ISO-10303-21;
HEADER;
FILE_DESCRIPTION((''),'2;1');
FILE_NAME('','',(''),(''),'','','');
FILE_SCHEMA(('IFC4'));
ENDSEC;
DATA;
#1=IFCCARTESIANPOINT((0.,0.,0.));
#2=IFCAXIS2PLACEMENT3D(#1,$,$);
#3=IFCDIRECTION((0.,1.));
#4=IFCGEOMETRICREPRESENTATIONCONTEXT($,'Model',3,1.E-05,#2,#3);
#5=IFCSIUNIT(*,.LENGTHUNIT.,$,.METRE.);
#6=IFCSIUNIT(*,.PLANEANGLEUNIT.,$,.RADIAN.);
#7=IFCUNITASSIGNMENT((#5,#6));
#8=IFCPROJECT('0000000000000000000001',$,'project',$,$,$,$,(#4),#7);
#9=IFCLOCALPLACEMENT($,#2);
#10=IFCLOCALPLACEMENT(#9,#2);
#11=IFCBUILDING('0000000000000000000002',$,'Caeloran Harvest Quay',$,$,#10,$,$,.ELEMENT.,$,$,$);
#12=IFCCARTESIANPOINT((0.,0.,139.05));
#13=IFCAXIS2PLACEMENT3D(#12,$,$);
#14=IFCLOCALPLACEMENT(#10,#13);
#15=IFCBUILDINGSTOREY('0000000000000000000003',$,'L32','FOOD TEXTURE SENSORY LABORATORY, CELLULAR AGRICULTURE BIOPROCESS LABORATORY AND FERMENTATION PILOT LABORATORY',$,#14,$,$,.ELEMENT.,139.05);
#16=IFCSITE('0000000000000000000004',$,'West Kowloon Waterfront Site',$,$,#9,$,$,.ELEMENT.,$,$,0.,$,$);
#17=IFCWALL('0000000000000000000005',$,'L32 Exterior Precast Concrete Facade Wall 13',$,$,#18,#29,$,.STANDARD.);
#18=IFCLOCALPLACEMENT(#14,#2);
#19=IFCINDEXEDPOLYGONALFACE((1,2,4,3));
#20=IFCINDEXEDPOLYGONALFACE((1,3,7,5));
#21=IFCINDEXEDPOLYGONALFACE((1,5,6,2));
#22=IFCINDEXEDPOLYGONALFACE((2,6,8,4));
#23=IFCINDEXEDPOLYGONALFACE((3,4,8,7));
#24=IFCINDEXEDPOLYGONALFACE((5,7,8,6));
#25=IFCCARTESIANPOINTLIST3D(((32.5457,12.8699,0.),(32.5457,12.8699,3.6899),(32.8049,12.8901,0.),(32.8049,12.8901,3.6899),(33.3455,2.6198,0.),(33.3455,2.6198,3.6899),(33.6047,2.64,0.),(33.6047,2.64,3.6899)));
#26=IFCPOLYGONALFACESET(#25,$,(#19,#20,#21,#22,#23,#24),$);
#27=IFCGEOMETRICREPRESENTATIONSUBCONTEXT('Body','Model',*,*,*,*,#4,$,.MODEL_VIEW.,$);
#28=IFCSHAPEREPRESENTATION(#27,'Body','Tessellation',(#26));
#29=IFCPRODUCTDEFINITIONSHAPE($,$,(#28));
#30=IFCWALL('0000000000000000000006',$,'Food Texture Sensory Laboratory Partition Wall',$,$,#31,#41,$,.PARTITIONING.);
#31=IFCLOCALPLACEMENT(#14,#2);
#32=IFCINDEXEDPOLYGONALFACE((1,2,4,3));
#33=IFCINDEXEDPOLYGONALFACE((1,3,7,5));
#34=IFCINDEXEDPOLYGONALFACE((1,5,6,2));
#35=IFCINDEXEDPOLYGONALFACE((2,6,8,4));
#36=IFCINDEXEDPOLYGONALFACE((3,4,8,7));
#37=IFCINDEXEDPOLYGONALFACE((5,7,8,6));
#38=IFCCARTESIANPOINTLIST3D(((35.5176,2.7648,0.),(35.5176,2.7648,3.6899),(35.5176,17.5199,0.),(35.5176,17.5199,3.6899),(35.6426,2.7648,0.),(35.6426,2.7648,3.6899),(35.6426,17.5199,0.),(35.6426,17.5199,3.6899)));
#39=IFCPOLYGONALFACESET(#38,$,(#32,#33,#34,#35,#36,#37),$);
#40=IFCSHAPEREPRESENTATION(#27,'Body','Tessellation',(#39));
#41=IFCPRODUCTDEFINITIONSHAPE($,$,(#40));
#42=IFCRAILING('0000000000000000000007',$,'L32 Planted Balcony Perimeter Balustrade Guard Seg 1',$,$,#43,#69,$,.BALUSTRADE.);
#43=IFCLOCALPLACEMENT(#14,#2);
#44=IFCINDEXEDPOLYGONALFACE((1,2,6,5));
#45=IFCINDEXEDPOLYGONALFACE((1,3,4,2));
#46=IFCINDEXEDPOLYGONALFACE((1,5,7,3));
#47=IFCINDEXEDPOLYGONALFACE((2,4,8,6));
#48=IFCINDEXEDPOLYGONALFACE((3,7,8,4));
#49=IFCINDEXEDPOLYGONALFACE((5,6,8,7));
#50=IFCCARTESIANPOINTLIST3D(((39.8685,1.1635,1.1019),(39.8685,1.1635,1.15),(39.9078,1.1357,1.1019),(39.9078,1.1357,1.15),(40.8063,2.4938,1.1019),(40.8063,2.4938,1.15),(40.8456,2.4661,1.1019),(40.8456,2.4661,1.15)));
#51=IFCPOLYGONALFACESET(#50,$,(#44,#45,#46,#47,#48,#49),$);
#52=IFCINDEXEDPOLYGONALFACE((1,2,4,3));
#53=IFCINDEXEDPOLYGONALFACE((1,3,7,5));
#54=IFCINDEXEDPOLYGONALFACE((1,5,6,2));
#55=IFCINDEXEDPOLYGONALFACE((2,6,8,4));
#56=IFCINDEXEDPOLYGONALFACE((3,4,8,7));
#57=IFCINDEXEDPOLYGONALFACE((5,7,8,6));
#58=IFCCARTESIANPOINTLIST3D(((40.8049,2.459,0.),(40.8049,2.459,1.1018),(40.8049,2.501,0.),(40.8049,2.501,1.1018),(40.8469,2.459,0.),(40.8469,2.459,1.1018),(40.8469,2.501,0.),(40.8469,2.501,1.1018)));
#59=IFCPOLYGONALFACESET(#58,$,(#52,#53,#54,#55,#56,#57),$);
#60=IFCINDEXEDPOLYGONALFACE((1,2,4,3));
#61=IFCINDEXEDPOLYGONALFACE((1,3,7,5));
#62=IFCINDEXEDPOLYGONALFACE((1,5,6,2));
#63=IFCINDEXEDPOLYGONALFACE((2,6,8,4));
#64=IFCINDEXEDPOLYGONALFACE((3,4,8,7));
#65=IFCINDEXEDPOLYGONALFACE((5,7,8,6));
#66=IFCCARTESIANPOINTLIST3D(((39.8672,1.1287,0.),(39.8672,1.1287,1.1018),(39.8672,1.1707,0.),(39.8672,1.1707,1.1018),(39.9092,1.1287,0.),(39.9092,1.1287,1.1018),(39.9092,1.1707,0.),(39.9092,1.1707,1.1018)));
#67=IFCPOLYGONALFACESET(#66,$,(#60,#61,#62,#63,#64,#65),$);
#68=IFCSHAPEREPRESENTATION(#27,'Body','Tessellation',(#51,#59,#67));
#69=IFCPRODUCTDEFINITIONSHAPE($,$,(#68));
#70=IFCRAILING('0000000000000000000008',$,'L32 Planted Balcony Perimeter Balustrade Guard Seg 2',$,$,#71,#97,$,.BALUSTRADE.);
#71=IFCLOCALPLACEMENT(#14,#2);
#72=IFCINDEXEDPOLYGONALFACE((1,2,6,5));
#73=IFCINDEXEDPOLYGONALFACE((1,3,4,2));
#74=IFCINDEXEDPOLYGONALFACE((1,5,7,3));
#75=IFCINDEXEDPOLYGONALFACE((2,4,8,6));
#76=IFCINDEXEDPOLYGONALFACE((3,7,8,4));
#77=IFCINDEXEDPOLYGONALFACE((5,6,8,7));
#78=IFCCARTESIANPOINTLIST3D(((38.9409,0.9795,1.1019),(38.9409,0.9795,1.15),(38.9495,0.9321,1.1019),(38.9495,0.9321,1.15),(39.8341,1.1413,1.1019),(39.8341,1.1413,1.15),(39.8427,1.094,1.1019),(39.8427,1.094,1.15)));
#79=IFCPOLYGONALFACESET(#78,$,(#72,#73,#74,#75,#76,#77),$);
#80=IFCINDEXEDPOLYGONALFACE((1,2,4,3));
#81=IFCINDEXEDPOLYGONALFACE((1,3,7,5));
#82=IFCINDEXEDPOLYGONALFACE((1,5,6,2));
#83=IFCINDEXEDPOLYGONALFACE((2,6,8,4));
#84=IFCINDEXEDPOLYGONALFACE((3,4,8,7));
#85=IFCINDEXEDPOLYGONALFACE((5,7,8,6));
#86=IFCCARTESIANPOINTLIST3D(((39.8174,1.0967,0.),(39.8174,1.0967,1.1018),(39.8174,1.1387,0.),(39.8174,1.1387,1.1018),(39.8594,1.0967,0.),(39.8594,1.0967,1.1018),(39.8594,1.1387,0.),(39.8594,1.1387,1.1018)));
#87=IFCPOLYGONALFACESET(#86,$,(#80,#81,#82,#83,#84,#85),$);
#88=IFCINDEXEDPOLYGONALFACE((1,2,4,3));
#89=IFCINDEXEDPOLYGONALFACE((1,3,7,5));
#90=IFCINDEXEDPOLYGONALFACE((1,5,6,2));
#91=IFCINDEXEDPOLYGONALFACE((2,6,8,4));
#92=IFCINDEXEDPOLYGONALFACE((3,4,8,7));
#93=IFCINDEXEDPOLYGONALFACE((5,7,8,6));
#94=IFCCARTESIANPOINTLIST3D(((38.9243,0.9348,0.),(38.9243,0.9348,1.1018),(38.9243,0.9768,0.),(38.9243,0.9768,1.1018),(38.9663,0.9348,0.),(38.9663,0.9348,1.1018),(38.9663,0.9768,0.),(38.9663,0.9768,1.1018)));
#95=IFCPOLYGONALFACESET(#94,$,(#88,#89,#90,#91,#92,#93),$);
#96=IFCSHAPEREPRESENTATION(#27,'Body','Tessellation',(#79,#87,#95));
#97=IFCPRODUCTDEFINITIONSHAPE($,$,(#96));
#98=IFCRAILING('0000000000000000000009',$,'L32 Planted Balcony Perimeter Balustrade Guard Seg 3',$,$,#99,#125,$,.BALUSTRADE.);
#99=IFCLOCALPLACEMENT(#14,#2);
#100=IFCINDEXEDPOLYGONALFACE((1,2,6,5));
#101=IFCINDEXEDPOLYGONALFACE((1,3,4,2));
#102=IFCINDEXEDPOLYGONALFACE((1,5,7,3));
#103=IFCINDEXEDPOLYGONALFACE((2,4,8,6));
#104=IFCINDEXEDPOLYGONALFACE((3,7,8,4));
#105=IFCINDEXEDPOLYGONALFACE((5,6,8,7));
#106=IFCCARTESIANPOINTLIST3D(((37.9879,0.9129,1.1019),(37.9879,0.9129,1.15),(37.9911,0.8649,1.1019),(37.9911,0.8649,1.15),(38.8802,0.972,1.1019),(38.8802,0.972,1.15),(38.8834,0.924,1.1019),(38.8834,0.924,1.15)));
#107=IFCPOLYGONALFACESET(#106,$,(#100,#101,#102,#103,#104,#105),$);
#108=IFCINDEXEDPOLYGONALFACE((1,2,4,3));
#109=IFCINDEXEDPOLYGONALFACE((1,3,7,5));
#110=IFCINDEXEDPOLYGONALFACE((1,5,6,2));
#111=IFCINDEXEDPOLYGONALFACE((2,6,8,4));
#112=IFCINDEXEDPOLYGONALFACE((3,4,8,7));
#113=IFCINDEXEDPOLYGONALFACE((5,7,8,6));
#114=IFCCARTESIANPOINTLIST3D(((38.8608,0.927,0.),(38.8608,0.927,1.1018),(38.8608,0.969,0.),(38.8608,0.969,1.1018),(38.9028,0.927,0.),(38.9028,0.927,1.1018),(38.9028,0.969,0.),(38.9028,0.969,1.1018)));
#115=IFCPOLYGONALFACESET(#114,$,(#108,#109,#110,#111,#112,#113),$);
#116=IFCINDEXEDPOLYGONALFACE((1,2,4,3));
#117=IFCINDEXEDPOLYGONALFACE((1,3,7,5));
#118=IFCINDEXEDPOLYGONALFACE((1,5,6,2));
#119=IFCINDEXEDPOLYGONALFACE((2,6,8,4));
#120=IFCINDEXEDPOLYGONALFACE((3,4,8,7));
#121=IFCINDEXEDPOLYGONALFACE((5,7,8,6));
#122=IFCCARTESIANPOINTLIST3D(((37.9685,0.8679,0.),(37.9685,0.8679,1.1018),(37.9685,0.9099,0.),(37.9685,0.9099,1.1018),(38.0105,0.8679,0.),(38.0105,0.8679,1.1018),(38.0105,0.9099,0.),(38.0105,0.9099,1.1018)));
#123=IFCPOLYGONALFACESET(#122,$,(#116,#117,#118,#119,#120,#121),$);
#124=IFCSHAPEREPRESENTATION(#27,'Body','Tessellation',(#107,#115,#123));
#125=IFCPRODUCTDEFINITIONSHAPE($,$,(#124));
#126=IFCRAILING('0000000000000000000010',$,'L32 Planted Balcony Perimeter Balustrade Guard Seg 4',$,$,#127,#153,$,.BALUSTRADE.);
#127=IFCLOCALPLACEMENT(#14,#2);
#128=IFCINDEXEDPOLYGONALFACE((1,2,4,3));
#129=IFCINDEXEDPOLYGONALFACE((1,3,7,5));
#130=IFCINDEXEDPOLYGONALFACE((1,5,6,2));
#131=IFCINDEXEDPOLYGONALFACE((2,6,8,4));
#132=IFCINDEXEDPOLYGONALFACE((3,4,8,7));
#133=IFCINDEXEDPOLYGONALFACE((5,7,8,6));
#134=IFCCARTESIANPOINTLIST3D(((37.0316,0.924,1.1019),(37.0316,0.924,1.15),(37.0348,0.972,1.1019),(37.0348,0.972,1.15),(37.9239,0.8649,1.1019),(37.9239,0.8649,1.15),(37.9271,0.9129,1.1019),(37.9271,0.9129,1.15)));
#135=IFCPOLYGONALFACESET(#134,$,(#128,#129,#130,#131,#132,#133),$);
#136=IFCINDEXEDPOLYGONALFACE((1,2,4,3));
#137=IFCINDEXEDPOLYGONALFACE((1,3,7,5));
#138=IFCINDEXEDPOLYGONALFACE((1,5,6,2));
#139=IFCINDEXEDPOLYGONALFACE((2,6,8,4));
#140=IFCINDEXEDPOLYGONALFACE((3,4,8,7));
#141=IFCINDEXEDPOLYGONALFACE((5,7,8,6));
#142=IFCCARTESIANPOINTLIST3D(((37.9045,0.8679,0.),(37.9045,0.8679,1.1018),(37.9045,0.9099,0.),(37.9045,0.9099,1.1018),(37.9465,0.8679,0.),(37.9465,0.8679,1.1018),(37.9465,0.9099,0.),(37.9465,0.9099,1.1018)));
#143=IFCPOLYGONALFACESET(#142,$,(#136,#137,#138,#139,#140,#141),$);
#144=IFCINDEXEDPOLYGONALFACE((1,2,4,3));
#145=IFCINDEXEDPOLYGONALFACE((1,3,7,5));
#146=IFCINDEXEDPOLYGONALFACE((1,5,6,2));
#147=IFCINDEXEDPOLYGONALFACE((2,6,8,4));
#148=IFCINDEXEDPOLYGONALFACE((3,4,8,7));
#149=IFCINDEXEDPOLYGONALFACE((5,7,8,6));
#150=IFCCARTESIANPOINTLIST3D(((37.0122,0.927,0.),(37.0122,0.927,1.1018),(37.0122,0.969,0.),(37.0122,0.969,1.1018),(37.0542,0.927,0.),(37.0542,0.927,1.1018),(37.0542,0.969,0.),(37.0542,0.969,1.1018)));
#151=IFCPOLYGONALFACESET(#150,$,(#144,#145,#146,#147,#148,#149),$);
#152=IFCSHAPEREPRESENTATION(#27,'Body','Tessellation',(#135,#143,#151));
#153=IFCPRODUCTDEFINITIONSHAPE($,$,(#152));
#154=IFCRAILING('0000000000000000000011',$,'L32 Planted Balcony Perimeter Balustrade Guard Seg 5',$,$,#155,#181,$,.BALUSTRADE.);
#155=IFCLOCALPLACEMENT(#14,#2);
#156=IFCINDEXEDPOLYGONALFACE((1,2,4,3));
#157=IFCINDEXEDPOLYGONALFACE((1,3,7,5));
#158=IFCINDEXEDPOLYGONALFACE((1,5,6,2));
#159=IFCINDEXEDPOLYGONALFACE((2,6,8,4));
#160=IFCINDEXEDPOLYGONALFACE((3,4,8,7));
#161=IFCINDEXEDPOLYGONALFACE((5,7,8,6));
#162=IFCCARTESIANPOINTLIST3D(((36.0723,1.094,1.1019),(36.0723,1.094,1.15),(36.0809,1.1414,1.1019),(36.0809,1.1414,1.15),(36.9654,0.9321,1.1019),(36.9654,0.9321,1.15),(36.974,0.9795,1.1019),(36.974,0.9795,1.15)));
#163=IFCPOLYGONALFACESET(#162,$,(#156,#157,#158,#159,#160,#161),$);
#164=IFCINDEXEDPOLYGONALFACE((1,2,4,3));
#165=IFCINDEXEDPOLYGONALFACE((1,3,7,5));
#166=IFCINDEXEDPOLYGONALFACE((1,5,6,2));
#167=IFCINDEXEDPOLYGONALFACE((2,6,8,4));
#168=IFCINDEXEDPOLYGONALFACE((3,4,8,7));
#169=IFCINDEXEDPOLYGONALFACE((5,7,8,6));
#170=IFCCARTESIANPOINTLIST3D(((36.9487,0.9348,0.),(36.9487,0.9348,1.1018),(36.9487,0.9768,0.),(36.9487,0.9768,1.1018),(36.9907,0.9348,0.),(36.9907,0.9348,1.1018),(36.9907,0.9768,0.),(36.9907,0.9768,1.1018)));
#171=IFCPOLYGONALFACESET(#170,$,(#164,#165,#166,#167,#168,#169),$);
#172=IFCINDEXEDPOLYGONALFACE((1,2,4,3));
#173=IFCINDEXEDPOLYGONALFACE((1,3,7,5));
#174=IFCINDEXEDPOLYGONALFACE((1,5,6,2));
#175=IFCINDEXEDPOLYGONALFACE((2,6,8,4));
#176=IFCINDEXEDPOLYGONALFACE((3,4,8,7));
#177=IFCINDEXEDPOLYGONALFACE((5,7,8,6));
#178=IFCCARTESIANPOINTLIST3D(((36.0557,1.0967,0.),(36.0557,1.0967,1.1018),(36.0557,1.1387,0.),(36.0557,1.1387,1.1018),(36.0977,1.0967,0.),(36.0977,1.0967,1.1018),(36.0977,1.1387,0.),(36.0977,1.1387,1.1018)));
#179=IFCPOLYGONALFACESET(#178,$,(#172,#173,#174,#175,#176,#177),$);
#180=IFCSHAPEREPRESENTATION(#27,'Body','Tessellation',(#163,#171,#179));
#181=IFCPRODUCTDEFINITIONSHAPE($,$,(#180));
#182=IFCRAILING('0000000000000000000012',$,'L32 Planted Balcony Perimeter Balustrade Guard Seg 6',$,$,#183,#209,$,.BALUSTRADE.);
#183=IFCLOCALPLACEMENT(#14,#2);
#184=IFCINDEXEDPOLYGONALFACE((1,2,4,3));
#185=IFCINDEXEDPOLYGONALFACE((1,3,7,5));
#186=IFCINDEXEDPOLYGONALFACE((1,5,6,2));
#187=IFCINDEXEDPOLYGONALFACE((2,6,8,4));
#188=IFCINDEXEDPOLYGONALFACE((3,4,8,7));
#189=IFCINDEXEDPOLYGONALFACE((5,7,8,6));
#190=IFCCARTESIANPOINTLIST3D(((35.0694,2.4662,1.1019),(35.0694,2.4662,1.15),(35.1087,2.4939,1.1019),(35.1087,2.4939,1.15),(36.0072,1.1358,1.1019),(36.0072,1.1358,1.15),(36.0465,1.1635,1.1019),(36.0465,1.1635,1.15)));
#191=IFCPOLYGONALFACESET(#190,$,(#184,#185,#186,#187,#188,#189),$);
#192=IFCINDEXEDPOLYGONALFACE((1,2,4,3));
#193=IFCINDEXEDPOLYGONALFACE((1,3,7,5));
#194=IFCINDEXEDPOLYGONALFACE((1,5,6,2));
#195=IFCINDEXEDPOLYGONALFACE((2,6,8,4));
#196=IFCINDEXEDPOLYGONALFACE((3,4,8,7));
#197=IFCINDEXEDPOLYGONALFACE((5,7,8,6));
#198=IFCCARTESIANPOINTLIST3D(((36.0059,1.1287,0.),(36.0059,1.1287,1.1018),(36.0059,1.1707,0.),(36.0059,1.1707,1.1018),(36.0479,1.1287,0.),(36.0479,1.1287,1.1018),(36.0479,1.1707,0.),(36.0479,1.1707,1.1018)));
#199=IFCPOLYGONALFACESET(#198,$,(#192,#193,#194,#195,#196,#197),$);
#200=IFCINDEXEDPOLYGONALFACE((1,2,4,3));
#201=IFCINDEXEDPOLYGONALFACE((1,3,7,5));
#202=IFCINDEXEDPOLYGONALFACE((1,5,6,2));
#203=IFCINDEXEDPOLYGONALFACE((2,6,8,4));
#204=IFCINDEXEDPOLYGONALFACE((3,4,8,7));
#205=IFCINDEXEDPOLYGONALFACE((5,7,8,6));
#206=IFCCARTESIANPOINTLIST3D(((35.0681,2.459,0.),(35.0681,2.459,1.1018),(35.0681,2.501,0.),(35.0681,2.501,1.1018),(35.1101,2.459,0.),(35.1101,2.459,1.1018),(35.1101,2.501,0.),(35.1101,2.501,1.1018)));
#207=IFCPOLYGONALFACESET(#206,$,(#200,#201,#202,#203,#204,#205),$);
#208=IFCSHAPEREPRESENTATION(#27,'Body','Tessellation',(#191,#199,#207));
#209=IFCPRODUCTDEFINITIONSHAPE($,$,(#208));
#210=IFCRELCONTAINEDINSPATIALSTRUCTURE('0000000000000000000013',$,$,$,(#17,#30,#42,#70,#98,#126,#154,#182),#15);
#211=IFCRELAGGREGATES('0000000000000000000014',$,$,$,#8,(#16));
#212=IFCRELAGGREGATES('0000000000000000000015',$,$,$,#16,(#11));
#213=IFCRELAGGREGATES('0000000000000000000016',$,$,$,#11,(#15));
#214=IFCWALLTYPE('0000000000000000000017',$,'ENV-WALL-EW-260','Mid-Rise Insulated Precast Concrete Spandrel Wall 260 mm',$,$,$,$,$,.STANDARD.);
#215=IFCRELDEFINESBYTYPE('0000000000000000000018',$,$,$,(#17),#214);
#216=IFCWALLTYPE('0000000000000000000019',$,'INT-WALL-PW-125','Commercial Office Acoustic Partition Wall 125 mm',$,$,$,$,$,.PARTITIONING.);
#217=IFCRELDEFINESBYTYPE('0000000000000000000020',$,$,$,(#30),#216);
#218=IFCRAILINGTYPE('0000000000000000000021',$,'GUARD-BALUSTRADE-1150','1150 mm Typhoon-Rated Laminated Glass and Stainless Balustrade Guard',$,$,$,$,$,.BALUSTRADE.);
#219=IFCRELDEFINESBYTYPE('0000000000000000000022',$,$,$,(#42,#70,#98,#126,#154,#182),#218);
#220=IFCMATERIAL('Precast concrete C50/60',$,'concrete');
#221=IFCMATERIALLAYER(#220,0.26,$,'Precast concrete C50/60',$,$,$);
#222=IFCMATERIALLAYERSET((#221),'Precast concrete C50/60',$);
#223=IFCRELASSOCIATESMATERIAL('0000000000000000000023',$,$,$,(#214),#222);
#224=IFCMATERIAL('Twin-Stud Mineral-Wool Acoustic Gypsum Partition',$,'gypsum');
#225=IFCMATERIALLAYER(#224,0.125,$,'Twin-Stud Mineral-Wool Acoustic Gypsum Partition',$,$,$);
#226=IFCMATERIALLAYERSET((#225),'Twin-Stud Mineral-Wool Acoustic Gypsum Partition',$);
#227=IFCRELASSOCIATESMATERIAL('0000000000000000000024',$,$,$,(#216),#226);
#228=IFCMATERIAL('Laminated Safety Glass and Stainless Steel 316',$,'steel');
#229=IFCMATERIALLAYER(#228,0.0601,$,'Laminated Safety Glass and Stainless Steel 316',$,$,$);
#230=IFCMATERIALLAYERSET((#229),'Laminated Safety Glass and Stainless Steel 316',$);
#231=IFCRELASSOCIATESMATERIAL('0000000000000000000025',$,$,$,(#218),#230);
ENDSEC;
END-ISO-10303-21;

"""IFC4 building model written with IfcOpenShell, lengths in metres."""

from ifc_helpers import new_model, si_unit, direction, frame, frame_2d, origin, origin_2d, place, context, subcontext, project, spatial, rectangle, extrude, material, layer, layer_set, type_object, element, save


model = new_model("IFC4")

# Units and contexts
model_context = context("Model", 3, precision=1e-05, world=origin(), true_north=direction((0.0, 1.0)))
body_context = subcontext(model_context, "Body", "Model", "MODEL_VIEW")
ifc_project = project(units=[si_unit("LENGTHUNIT", "METRE"), si_unit("PLANEANGLEUNIT", "RADIAN")], contexts=[model_context])

# Site, building, storey
site_placement = place(None, origin())
site = spatial("IfcSite", under=ifc_project, at=site_placement, Name="West Kowloon Waterfront Site", CompositionType="ELEMENT", RefElevation=0.0)
building_placement = place(site_placement, origin())
building = spatial("IfcBuilding", under=site, at=building_placement, Name="Caeloran Harvest Quay", CompositionType="ELEMENT")
storey_placement = place(building_placement, frame((0.0, 0.0, 139.05)))
storey = spatial("IfcBuildingStorey", under=building, at=storey_placement, Name="L32", Description="FOOD TEXTURE SENSORY LABORATORY, CELLULAR AGRICULTURE BIOPROCESS LABORATORY AND FERMENTATION PILOT LABORATORY", CompositionType="ELEMENT", Elevation=139.05)

# Shared definitions
ifc_material_1 = material(Name="Precast concrete C50/60", Category="concrete")

# Shared definitions
ifc_layer_1 = layer(ifc_material_1, 0.26, Name="Precast concrete C50/60")
ifc_layer_set_1 = layer_set([ifc_layer_1], Name="Precast concrete C50/60")
wall_type_1 = type_object("IfcWallType", Name="ENV-WALL-EW-260", Description="Mid-Rise Insulated Precast Concrete Spandrel Wall 260 mm", PredefinedType="STANDARD", material=ifc_layer_set_1)

# Walls
wall_1_placement = place(storey_placement, frame((33.4751, 2.6299, 0.0), z_axis=(0.0, 0.0, 1.0), x_axis=(-0.077793, 0.99697, 0.0)))
element("IfcWall", 1, at=wall_1_placement, inside=storey, type_object=wall_type_1, Name="L32 Exterior Precast Concrete Facade Wall 13", PredefinedType="STANDARD", context=body_context, shape_type="SweptSolid", body=[
    extrude(rectangle(XDim=10.2812, YDim=0.26, at=frame_2d((5.1406, 0.0))), origin(), (0.0, 0.0, 1.0), 3.6899),
])
ifc_material_2 = material(Name="Twin-Stud Mineral-Wool Acoustic Gypsum Partition", Category="gypsum")
ifc_layer_2 = layer(ifc_material_2, 0.125, Name="Twin-Stud Mineral-Wool Acoustic Gypsum Partition")
ifc_layer_set_2 = layer_set([ifc_layer_2], Name="Twin-Stud Mineral-Wool Acoustic Gypsum Partition")
wall_type_2 = type_object("IfcWallType", Name="INT-WALL-PW-125", Description="Commercial Office Acoustic Partition Wall 125 mm", PredefinedType="PARTITIONING", material=ifc_layer_set_2)
wall_2_placement = place(storey_placement, frame((35.5801, 2.7649, 0.0), z_axis=(0.0, 0.0, 1.0), x_axis=(0.0, 1.0, 0.0)))
element("IfcWall", 2, at=wall_2_placement, inside=storey, type_object=wall_type_2, Name="Food Texture Sensory Laboratory Partition Wall", PredefinedType="PARTITIONING", context=body_context, shape_type="SweptSolid", body=[
    extrude(rectangle(XDim=14.7551, YDim=0.125, at=frame_2d((7.3774, 0.0))), origin(), (0.0, 0.0, 1.0), 3.6899),
])

# Railings
ifc_material_3 = material(Name="Laminated Safety Glass and Stainless Steel 316", Category="steel")
ifc_layer_3 = layer(ifc_material_3, 0.0601, Name="Laminated Safety Glass and Stainless Steel 316")
ifc_layer_set_3 = layer_set([ifc_layer_3], Name="Laminated Safety Glass and Stainless Steel 316")
railing_type = type_object("IfcRailingType", Name="GUARD-BALUSTRADE-1150", Description="1150 mm Typhoon-Rated Laminated Glass and Stainless Balustrade Guard", PredefinedType="BALUSTRADE", material=ifc_layer_set_3)
railing_1_placement = place(storey_placement, frame((40.8259, 2.48, 0.0)))
element("IfcRailing", 3, at=railing_1_placement, inside=storey, type_object=railing_type, Name="L32 Planted Balcony Perimeter Balustrade Guard Seg 1", PredefinedType="BALUSTRADE", context=body_context, shape_type="SweptSolid", body=[
    extrude(rectangle(XDim=0.0481, YDim=0.0481, at=origin_2d()), frame((0.0, 0.0, 1.126), z_axis=(-0.576147, -0.817346, 0.0), x_axis=(0.817346, -0.576147, 0.0)), (0.0, 0.0, 1.0), 1.6277),
    extrude(rectangle(XDim=0.042, YDim=0.042, at=origin_2d()), origin(), (0.0, 0.0, 1.0), 1.1018),
    extrude(rectangle(XDim=0.042, YDim=0.042, at=origin_2d()), frame((-0.9377, -1.3303, 0.0)), (0.0, 0.0, 1.0), 1.1018),
])
railing_2_placement = place(storey_placement, frame((39.8384, 1.1177, 0.0)))
element("IfcRailing", 4, at=railing_2_placement, inside=storey, type_object=railing_type, Name="L32 Planted Balcony Perimeter Balustrade Guard Seg 2", PredefinedType="BALUSTRADE", context=body_context, shape_type="SweptSolid", body=[
    extrude(rectangle(XDim=0.0481, YDim=0.0481, at=origin_2d()), frame((0.0, 0.0, 1.126), z_axis=(-0.983969, -0.178341, 0.0), x_axis=(0.178341, -0.983969, 0.0)), (0.0, 0.0, 1.0), 0.9077),
    extrude(rectangle(XDim=0.042, YDim=0.042, at=origin_2d()), origin(), (0.0, 0.0, 1.0), 1.1018),
    extrude(rectangle(XDim=0.042, YDim=0.042, at=origin_2d()), frame((-0.8931, -0.1619, 0.0)), (0.0, 0.0, 1.0), 1.1018),
])
railing_3_placement = place(storey_placement, frame((38.8818, 0.948, 0.0)))
element("IfcRailing", 5, at=railing_3_placement, inside=storey, type_object=railing_type, Name="L32 Planted Balcony Perimeter Balustrade Guard Seg 3", PredefinedType="BALUSTRADE", context=body_context, shape_type="SweptSolid", body=[
    extrude(rectangle(XDim=0.0481, YDim=0.0481, at=origin_2d()), frame((0.0, 0.0, 1.126), z_axis=(-0.997815, -0.066066, 0.0), x_axis=(0.066066, -0.997815, 0.0)), (0.0, 0.0, 1.0), 0.8943),
    extrude(rectangle(XDim=0.042, YDim=0.042, at=origin_2d()), origin(), (0.0, 0.0, 1.0), 1.1018),
    extrude(rectangle(XDim=0.042, YDim=0.042, at=origin_2d()), frame((-0.8923, -0.0591, 0.0)), (0.0, 0.0, 1.0), 1.1018),
])
railing_4_placement = place(storey_placement, frame((37.9255, 0.8889, 0.0)))
element("IfcRailing", 6, at=railing_4_placement, inside=storey, type_object=railing_type, Name="L32 Planted Balcony Perimeter Balustrade Guard Seg 4", PredefinedType="BALUSTRADE", context=body_context, shape_type="SweptSolid", body=[
    extrude(rectangle(XDim=0.0481, YDim=0.0481, at=origin_2d()), frame((0.0, 0.0, 1.126), z_axis=(-0.997815, 0.066066, 0.0), x_axis=(-0.066066, -0.997815, 0.0)), (0.0, 0.0, 1.0), 0.8943),
    extrude(rectangle(XDim=0.042, YDim=0.042, at=origin_2d()), origin(), (0.0, 0.0, 1.0), 1.1018),
    extrude(rectangle(XDim=0.042, YDim=0.042, at=origin_2d()), frame((-0.8923, 0.0591, 0.0)), (0.0, 0.0, 1.0), 1.1018),
])
railing_5_placement = place(storey_placement, frame((36.9697, 0.9558, 0.0)))
element("IfcRailing", 7, at=railing_5_placement, inside=storey, type_object=railing_type, Name="L32 Planted Balcony Perimeter Balustrade Guard Seg 5", PredefinedType="BALUSTRADE", context=body_context, shape_type="SweptSolid", body=[
    extrude(rectangle(XDim=0.0481, YDim=0.0481, at=origin_2d()), frame((0.0, 0.0, 1.126), z_axis=(-0.983969, 0.178341, 0.0), x_axis=(-0.178341, -0.983969, 0.0)), (0.0, 0.0, 1.0), 0.9077),
    extrude(rectangle(XDim=0.042, YDim=0.042, at=origin_2d()), origin(), (0.0, 0.0, 1.0), 1.1018),
    extrude(rectangle(XDim=0.042, YDim=0.042, at=origin_2d()), frame((-0.8931, 0.1619, 0.0)), (0.0, 0.0, 1.0), 1.1018),
])
railing_6_placement = place(storey_placement, frame((36.0269, 1.1497, 0.0)))
element("IfcRailing", 8, at=railing_6_placement, inside=storey, type_object=railing_type, Name="L32 Planted Balcony Perimeter Balustrade Guard Seg 6", PredefinedType="BALUSTRADE", context=body_context, shape_type="SweptSolid", body=[
    extrude(rectangle(XDim=0.0481, YDim=0.0481, at=origin_2d()), frame((0.0, 0.0, 1.126), z_axis=(-0.576147, 0.817346, 0.0), x_axis=(-0.817346, -0.576147, 0.0)), (0.0, 0.0, 1.0), 1.6277),
    extrude(rectangle(XDim=0.042, YDim=0.042, at=origin_2d()), origin(), (0.0, 0.0, 1.0), 1.1018),
    extrude(rectangle(XDim=0.042, YDim=0.042, at=origin_2d()), frame((-0.9377, 1.3303, 0.0)), (0.0, 0.0, 1.0), 1.1018),
])

save(model, "model.ifc")
